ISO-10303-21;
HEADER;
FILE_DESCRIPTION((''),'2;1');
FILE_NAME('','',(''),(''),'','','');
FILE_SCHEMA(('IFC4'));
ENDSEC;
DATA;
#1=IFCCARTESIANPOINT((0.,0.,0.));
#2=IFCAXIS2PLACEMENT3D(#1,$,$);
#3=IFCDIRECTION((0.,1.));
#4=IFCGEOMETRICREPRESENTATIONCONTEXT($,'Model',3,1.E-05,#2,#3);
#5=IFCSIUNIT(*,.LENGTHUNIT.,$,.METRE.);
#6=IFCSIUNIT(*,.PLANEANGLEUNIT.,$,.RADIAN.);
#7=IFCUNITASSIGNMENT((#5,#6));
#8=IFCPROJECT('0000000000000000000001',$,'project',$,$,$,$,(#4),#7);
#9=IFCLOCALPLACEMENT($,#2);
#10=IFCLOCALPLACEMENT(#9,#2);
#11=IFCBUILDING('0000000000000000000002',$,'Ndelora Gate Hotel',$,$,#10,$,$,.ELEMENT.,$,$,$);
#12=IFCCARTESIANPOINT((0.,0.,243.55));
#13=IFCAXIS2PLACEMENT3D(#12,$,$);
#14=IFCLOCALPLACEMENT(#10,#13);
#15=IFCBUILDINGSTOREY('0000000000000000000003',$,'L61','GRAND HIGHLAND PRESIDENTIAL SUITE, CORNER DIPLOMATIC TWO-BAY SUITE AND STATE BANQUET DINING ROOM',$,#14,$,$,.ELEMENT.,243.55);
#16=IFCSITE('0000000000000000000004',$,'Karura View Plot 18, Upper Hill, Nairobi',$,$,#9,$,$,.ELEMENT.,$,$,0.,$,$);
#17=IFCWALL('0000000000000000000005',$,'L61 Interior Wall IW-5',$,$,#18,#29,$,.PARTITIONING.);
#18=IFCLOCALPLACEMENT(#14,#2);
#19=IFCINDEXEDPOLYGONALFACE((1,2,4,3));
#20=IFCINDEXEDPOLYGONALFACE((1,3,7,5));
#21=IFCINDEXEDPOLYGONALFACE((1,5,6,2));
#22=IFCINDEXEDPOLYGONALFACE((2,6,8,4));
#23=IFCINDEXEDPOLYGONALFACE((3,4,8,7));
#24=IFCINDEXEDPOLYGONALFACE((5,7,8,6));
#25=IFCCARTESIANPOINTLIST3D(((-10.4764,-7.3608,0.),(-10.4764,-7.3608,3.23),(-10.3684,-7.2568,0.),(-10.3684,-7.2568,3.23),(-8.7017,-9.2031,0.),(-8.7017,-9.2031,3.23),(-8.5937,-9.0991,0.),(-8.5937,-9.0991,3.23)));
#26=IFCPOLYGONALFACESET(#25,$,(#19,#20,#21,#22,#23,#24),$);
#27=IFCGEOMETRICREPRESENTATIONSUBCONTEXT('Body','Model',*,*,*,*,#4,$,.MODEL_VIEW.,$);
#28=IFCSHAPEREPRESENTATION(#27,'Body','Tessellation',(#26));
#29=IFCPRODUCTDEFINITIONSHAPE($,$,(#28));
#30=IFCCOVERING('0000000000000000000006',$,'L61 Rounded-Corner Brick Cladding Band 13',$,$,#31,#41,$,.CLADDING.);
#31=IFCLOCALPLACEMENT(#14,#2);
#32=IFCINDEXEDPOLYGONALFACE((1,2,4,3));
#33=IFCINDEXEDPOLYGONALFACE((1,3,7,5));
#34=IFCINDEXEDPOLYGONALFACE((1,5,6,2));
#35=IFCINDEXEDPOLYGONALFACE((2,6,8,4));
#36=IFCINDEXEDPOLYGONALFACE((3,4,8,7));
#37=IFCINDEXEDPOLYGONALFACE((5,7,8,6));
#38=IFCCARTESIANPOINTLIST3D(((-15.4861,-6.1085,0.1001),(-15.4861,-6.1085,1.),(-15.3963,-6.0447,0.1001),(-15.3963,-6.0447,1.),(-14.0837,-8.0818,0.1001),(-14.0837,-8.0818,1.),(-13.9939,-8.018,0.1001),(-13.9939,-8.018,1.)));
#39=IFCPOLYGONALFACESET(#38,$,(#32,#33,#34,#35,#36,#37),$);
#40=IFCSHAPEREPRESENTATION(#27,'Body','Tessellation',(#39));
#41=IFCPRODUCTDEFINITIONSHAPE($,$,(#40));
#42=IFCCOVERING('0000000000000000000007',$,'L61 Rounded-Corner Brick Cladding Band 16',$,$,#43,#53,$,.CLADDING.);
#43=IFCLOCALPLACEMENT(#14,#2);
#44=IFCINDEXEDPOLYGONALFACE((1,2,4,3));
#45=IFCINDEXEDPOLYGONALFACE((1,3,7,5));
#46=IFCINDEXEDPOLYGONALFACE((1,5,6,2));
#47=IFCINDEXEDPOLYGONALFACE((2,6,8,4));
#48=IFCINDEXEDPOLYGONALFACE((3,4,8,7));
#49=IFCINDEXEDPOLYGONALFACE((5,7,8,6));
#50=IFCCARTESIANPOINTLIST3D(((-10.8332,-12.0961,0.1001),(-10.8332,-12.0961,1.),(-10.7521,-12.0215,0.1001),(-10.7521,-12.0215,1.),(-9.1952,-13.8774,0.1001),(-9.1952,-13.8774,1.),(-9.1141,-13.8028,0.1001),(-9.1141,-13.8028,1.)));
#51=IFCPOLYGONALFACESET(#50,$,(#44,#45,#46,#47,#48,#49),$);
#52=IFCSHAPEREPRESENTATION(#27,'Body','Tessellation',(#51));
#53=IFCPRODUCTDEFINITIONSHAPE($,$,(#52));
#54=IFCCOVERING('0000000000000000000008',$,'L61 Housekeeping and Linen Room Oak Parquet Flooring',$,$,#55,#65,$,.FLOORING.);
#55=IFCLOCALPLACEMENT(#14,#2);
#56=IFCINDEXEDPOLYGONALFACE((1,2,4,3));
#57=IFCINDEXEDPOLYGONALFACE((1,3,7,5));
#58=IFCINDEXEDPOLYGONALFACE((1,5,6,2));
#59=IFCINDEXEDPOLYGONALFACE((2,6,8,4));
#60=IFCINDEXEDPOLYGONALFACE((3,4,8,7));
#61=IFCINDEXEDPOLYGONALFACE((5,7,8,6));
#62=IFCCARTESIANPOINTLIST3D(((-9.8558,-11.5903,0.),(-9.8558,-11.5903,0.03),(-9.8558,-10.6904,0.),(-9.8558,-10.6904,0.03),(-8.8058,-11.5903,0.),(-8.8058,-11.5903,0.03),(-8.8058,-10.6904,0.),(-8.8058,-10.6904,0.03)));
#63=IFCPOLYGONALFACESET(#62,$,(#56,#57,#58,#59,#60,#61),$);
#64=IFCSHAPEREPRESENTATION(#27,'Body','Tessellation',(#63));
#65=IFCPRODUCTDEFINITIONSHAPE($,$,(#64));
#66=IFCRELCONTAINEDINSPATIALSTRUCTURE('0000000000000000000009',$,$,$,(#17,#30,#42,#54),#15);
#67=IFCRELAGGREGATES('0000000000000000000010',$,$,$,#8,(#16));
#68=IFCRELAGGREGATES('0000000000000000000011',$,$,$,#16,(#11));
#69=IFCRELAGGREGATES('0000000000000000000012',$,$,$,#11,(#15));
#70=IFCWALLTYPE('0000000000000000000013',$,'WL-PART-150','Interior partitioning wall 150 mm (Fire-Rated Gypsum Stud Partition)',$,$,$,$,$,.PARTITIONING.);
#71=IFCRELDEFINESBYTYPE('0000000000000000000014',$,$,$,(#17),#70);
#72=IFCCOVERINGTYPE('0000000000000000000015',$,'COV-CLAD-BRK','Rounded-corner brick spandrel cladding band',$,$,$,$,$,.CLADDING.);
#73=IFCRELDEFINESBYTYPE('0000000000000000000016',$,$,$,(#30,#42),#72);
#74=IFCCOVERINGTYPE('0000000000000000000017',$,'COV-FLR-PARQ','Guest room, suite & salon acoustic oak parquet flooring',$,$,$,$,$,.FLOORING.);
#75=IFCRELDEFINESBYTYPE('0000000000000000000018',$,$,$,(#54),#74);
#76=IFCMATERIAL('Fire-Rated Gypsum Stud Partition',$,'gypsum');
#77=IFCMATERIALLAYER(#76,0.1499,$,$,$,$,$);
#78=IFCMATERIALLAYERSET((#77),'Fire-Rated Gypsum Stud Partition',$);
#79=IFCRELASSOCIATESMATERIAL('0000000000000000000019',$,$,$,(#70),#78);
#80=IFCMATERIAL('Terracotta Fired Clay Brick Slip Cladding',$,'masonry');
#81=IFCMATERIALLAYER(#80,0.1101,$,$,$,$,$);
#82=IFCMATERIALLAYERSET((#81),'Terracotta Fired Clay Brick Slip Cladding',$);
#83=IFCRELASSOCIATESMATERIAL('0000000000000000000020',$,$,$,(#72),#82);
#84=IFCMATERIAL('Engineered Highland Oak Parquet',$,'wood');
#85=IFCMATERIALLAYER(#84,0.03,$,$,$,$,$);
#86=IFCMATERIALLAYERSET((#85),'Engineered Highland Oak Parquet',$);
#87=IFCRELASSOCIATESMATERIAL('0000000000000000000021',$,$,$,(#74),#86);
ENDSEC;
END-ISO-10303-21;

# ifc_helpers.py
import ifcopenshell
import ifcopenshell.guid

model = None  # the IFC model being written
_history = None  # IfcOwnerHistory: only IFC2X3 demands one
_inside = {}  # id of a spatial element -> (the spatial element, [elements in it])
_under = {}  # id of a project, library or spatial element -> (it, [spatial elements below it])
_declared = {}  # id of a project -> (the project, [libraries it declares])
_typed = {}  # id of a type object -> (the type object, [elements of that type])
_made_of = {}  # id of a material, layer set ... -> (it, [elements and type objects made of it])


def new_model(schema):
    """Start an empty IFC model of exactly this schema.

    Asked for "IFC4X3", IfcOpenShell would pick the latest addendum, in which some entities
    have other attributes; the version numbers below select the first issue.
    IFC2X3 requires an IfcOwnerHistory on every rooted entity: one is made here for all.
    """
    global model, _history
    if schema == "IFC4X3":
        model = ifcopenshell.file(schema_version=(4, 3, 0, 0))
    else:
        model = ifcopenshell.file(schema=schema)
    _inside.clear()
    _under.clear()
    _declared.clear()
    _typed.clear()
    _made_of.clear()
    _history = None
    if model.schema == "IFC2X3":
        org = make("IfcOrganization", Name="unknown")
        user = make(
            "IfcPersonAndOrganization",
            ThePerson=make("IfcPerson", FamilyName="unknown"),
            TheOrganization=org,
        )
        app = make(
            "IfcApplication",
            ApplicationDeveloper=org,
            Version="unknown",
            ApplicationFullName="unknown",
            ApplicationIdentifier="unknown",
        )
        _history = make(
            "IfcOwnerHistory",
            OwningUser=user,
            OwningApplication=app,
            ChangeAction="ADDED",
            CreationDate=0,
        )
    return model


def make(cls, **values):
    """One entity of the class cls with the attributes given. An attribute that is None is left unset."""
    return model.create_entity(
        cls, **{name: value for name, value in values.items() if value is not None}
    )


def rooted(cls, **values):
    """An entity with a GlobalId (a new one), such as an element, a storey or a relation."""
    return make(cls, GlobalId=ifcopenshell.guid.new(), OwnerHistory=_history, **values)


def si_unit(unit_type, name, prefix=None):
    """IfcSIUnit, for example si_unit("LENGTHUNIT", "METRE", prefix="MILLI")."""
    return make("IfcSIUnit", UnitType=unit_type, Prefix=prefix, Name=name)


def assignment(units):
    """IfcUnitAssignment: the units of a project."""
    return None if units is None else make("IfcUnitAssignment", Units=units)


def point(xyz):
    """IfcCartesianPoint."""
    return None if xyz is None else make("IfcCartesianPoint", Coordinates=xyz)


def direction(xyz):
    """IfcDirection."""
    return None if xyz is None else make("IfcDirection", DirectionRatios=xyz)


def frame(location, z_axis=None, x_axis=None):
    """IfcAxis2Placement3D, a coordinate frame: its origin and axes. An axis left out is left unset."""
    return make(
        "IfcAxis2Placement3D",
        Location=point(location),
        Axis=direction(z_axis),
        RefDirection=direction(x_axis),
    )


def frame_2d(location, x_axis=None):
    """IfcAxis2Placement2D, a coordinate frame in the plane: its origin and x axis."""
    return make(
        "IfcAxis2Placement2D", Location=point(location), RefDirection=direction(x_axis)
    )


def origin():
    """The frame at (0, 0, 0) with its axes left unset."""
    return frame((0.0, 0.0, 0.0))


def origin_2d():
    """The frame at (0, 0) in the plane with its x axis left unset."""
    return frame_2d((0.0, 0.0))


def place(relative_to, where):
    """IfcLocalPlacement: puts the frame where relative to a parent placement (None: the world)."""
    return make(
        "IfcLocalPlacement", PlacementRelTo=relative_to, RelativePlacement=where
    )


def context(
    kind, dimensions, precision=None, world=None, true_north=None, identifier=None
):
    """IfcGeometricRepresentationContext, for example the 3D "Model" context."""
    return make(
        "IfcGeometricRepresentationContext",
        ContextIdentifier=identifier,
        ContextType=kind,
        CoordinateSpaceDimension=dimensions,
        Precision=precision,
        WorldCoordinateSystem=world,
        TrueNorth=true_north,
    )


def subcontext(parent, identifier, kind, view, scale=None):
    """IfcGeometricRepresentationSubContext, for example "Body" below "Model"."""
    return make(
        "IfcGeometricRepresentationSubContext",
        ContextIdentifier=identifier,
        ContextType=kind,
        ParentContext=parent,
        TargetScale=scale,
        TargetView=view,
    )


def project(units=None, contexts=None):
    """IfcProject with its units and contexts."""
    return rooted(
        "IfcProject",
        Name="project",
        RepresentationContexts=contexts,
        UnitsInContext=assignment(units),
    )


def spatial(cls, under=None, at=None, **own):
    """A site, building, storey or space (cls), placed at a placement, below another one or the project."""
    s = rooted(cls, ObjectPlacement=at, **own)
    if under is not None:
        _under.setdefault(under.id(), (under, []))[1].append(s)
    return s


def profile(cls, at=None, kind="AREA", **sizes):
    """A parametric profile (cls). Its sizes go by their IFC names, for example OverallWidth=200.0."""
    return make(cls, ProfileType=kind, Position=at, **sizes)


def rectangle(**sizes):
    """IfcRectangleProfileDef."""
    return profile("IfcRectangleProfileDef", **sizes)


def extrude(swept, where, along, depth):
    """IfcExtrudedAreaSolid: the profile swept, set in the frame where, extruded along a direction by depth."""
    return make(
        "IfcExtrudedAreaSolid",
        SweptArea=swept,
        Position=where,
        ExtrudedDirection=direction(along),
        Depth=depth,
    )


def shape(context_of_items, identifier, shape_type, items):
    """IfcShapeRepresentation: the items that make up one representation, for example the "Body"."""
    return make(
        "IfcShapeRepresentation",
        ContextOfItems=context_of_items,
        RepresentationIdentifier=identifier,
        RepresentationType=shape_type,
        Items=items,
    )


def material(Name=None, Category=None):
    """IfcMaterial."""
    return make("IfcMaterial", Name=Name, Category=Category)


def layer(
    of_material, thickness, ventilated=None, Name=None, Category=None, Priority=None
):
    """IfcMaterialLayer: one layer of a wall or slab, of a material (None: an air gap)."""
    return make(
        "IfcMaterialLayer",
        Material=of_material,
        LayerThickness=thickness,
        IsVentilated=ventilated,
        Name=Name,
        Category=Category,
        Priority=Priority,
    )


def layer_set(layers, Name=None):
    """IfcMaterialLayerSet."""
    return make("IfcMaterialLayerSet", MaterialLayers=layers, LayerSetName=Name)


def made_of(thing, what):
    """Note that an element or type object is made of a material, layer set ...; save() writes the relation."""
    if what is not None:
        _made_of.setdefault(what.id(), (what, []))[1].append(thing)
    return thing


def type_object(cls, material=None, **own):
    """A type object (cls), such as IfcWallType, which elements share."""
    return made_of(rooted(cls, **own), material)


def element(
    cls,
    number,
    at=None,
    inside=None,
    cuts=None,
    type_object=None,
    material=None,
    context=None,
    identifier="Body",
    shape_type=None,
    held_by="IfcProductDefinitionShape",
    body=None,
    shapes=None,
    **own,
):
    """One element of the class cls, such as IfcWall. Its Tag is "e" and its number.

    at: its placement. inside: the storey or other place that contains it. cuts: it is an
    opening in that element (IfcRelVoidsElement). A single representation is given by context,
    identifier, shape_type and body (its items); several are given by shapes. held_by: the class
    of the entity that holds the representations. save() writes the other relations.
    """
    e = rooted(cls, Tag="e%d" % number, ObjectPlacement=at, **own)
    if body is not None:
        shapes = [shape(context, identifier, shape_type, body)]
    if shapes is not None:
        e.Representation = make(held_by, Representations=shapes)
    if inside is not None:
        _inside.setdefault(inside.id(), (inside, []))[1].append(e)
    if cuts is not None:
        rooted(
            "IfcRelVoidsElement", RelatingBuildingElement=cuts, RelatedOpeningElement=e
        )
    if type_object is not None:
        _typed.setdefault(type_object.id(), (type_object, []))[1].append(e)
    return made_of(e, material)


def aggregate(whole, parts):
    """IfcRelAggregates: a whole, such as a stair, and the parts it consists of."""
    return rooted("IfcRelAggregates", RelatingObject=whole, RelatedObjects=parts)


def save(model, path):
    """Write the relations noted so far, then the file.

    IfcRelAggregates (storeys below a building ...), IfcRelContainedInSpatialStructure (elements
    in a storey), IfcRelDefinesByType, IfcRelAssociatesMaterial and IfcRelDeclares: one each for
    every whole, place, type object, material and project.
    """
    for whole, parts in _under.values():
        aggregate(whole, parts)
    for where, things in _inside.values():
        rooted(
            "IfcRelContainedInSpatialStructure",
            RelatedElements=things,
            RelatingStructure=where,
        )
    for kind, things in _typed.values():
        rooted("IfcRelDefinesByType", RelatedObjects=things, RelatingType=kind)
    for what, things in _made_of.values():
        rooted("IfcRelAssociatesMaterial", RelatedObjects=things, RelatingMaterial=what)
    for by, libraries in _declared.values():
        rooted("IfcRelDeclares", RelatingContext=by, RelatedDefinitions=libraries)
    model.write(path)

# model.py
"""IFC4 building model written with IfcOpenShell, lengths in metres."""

from ifc_helpers import new_model, si_unit, direction, frame, frame_2d, origin, origin_2d, place, context, subcontext, project, spatial, rectangle, extrude, material, layer, layer_set, type_object, element, save


model = new_model("IFC4")

# Units and contexts
model_context = context("Model", 3, precision=1e-05, world=origin(), true_north=direction((0.0, 1.0)))
body_context = subcontext(model_context, "Body", "Model", "MODEL_VIEW")
ifc_project = project(units=[si_unit("LENGTHUNIT", "METRE"), si_unit("PLANEANGLEUNIT", "RADIAN")], contexts=[model_context])

# Site, building, storey
site_placement = place(None, origin())
site = spatial("IfcSite", under=ifc_project, at=site_placement, Name="Karura View Plot 18, Upper Hill, Nairobi", CompositionType="ELEMENT", RefElevation=0.0)
building_placement = place(site_placement, origin())
building = spatial("IfcBuilding", under=site, at=building_placement, Name="Ndelora Gate Hotel", CompositionType="ELEMENT")
storey_placement = place(building_placement, frame((0.0, 0.0, 243.55)))
storey = spatial("IfcBuildingStorey", under=building, at=storey_placement, Name="L61", Description="GRAND HIGHLAND PRESIDENTIAL SUITE, CORNER DIPLOMATIC TWO-BAY SUITE AND STATE BANQUET DINING ROOM", CompositionType="ELEMENT", Elevation=243.55)

# Shared definitions
ifc_material_1 = material(Name="Fire-Rated Gypsum Stud Partition", Category="gypsum")
ifc_layer_1 = layer(ifc_material_1, 0.1499)
ifc_layer_set_1 = layer_set([ifc_layer_1], Name="Fire-Rated Gypsum Stud Partition")
wall_type_1 = type_object("IfcWallType", Name="WL-PART-150", Description="Interior partitioning wall 150 mm (Fire-Rated Gypsum Stud Partition)", PredefinedType="PARTITIONING", material=ifc_layer_set_1)

# Wall
wall_1_placement = place(storey_placement, frame((-8.6477, -9.1511, 0.0), z_axis=(0.0, 0.0, 1.0), x_axis=(-0.693765, 0.720202, 0.0)))
element("IfcWall", 1, at=wall_1_placement, inside=storey, type_object=wall_type_1, Name="L61 Interior Wall IW-5", PredefinedType="PARTITIONING", context=body_context, shape_type="SweptSolid", body=[
    extrude(rectangle(XDim=2.5581, YDim=0.1499, at=frame_2d((1.2791, 0.0))), origin(), (0.0, 0.0, 1.0), 3.23),
])

# Coverings
ifc_material_2 = material(Name="Terracotta Fired Clay Brick Slip Cladding", Category="masonry")
ifc_layer_2 = layer(ifc_material_2, 0.1101)
ifc_layer_set_2 = layer_set([ifc_layer_2], Name="Terracotta Fired Clay Brick Slip Cladding")
covering_type_1 = type_object("IfcCoveringType", Name="COV-CLAD-BRK", Description="Rounded-corner brick spandrel cladding band", PredefinedType="CLADDING", material=ifc_layer_set_2)
covering_1_placement = place(storey_placement, frame((-14.74, -7.0632, 0.1001), z_axis=(0.0, 0.0, 1.0), x_axis=(-0.579281, 0.815128, 0.0)))
element("IfcCovering", 2, at=covering_1_placement, inside=storey, type_object=covering_type_1, Name="L61 Rounded-Corner Brick Cladding Band 13", PredefinedType="CLADDING", context=body_context, shape_type="SweptSolid", body=[
    extrude(rectangle(XDim=2.4209, YDim=0.1101, at=origin_2d()), origin(), (0.0, 0.0, 1.0), 0.8999),
])
covering_2_placement = place(storey_placement, frame((-9.9736, -12.9495, 0.1001), z_axis=(0.0, 0.0, 1.0), x_axis=(-0.676876, 0.736097, 0.0)))
element("IfcCovering", 3, at=covering_2_placement, inside=storey, type_object=covering_type_1, Name="L61 Rounded-Corner Brick Cladding Band 16", PredefinedType="CLADDING", context=body_context, shape_type="SweptSolid", body=[
    extrude(rectangle(XDim=2.4199, YDim=0.1101, at=origin_2d()), origin(), (0.0, 0.0, 1.0), 0.8999),
])
ifc_material_3 = material(Name="Engineered Highland Oak Parquet", Category="wood")
ifc_layer_3 = layer(ifc_material_3, 0.03)
ifc_layer_set_3 = layer_set([ifc_layer_3], Name="Engineered Highland Oak Parquet")
covering_type_2 = type_object("IfcCoveringType", Name="COV-FLR-PARQ", Description="Guest room, suite & salon acoustic oak parquet flooring", PredefinedType="FLOORING", material=ifc_layer_set_3)
covering_3_placement = place(storey_placement, frame((-9.3308, -11.1404, 0.0), z_axis=(0.0, 0.0, 1.0), x_axis=(1.0, 0.0, 0.0)))
element("IfcCovering", 4, at=covering_3_placement, inside=storey, type_object=covering_type_2, Name="L61 Housekeeping and Linen Room Oak Parquet Flooring", PredefinedType="FLOORING", context=body_context, shape_type="SweptSolid", body=[
    extrude(rectangle(XDim=1.05, YDim=0.8999, at=origin_2d()), origin(), (0.0, 0.0, 1.0), 0.03),
])

save(model, "model.ifc")
